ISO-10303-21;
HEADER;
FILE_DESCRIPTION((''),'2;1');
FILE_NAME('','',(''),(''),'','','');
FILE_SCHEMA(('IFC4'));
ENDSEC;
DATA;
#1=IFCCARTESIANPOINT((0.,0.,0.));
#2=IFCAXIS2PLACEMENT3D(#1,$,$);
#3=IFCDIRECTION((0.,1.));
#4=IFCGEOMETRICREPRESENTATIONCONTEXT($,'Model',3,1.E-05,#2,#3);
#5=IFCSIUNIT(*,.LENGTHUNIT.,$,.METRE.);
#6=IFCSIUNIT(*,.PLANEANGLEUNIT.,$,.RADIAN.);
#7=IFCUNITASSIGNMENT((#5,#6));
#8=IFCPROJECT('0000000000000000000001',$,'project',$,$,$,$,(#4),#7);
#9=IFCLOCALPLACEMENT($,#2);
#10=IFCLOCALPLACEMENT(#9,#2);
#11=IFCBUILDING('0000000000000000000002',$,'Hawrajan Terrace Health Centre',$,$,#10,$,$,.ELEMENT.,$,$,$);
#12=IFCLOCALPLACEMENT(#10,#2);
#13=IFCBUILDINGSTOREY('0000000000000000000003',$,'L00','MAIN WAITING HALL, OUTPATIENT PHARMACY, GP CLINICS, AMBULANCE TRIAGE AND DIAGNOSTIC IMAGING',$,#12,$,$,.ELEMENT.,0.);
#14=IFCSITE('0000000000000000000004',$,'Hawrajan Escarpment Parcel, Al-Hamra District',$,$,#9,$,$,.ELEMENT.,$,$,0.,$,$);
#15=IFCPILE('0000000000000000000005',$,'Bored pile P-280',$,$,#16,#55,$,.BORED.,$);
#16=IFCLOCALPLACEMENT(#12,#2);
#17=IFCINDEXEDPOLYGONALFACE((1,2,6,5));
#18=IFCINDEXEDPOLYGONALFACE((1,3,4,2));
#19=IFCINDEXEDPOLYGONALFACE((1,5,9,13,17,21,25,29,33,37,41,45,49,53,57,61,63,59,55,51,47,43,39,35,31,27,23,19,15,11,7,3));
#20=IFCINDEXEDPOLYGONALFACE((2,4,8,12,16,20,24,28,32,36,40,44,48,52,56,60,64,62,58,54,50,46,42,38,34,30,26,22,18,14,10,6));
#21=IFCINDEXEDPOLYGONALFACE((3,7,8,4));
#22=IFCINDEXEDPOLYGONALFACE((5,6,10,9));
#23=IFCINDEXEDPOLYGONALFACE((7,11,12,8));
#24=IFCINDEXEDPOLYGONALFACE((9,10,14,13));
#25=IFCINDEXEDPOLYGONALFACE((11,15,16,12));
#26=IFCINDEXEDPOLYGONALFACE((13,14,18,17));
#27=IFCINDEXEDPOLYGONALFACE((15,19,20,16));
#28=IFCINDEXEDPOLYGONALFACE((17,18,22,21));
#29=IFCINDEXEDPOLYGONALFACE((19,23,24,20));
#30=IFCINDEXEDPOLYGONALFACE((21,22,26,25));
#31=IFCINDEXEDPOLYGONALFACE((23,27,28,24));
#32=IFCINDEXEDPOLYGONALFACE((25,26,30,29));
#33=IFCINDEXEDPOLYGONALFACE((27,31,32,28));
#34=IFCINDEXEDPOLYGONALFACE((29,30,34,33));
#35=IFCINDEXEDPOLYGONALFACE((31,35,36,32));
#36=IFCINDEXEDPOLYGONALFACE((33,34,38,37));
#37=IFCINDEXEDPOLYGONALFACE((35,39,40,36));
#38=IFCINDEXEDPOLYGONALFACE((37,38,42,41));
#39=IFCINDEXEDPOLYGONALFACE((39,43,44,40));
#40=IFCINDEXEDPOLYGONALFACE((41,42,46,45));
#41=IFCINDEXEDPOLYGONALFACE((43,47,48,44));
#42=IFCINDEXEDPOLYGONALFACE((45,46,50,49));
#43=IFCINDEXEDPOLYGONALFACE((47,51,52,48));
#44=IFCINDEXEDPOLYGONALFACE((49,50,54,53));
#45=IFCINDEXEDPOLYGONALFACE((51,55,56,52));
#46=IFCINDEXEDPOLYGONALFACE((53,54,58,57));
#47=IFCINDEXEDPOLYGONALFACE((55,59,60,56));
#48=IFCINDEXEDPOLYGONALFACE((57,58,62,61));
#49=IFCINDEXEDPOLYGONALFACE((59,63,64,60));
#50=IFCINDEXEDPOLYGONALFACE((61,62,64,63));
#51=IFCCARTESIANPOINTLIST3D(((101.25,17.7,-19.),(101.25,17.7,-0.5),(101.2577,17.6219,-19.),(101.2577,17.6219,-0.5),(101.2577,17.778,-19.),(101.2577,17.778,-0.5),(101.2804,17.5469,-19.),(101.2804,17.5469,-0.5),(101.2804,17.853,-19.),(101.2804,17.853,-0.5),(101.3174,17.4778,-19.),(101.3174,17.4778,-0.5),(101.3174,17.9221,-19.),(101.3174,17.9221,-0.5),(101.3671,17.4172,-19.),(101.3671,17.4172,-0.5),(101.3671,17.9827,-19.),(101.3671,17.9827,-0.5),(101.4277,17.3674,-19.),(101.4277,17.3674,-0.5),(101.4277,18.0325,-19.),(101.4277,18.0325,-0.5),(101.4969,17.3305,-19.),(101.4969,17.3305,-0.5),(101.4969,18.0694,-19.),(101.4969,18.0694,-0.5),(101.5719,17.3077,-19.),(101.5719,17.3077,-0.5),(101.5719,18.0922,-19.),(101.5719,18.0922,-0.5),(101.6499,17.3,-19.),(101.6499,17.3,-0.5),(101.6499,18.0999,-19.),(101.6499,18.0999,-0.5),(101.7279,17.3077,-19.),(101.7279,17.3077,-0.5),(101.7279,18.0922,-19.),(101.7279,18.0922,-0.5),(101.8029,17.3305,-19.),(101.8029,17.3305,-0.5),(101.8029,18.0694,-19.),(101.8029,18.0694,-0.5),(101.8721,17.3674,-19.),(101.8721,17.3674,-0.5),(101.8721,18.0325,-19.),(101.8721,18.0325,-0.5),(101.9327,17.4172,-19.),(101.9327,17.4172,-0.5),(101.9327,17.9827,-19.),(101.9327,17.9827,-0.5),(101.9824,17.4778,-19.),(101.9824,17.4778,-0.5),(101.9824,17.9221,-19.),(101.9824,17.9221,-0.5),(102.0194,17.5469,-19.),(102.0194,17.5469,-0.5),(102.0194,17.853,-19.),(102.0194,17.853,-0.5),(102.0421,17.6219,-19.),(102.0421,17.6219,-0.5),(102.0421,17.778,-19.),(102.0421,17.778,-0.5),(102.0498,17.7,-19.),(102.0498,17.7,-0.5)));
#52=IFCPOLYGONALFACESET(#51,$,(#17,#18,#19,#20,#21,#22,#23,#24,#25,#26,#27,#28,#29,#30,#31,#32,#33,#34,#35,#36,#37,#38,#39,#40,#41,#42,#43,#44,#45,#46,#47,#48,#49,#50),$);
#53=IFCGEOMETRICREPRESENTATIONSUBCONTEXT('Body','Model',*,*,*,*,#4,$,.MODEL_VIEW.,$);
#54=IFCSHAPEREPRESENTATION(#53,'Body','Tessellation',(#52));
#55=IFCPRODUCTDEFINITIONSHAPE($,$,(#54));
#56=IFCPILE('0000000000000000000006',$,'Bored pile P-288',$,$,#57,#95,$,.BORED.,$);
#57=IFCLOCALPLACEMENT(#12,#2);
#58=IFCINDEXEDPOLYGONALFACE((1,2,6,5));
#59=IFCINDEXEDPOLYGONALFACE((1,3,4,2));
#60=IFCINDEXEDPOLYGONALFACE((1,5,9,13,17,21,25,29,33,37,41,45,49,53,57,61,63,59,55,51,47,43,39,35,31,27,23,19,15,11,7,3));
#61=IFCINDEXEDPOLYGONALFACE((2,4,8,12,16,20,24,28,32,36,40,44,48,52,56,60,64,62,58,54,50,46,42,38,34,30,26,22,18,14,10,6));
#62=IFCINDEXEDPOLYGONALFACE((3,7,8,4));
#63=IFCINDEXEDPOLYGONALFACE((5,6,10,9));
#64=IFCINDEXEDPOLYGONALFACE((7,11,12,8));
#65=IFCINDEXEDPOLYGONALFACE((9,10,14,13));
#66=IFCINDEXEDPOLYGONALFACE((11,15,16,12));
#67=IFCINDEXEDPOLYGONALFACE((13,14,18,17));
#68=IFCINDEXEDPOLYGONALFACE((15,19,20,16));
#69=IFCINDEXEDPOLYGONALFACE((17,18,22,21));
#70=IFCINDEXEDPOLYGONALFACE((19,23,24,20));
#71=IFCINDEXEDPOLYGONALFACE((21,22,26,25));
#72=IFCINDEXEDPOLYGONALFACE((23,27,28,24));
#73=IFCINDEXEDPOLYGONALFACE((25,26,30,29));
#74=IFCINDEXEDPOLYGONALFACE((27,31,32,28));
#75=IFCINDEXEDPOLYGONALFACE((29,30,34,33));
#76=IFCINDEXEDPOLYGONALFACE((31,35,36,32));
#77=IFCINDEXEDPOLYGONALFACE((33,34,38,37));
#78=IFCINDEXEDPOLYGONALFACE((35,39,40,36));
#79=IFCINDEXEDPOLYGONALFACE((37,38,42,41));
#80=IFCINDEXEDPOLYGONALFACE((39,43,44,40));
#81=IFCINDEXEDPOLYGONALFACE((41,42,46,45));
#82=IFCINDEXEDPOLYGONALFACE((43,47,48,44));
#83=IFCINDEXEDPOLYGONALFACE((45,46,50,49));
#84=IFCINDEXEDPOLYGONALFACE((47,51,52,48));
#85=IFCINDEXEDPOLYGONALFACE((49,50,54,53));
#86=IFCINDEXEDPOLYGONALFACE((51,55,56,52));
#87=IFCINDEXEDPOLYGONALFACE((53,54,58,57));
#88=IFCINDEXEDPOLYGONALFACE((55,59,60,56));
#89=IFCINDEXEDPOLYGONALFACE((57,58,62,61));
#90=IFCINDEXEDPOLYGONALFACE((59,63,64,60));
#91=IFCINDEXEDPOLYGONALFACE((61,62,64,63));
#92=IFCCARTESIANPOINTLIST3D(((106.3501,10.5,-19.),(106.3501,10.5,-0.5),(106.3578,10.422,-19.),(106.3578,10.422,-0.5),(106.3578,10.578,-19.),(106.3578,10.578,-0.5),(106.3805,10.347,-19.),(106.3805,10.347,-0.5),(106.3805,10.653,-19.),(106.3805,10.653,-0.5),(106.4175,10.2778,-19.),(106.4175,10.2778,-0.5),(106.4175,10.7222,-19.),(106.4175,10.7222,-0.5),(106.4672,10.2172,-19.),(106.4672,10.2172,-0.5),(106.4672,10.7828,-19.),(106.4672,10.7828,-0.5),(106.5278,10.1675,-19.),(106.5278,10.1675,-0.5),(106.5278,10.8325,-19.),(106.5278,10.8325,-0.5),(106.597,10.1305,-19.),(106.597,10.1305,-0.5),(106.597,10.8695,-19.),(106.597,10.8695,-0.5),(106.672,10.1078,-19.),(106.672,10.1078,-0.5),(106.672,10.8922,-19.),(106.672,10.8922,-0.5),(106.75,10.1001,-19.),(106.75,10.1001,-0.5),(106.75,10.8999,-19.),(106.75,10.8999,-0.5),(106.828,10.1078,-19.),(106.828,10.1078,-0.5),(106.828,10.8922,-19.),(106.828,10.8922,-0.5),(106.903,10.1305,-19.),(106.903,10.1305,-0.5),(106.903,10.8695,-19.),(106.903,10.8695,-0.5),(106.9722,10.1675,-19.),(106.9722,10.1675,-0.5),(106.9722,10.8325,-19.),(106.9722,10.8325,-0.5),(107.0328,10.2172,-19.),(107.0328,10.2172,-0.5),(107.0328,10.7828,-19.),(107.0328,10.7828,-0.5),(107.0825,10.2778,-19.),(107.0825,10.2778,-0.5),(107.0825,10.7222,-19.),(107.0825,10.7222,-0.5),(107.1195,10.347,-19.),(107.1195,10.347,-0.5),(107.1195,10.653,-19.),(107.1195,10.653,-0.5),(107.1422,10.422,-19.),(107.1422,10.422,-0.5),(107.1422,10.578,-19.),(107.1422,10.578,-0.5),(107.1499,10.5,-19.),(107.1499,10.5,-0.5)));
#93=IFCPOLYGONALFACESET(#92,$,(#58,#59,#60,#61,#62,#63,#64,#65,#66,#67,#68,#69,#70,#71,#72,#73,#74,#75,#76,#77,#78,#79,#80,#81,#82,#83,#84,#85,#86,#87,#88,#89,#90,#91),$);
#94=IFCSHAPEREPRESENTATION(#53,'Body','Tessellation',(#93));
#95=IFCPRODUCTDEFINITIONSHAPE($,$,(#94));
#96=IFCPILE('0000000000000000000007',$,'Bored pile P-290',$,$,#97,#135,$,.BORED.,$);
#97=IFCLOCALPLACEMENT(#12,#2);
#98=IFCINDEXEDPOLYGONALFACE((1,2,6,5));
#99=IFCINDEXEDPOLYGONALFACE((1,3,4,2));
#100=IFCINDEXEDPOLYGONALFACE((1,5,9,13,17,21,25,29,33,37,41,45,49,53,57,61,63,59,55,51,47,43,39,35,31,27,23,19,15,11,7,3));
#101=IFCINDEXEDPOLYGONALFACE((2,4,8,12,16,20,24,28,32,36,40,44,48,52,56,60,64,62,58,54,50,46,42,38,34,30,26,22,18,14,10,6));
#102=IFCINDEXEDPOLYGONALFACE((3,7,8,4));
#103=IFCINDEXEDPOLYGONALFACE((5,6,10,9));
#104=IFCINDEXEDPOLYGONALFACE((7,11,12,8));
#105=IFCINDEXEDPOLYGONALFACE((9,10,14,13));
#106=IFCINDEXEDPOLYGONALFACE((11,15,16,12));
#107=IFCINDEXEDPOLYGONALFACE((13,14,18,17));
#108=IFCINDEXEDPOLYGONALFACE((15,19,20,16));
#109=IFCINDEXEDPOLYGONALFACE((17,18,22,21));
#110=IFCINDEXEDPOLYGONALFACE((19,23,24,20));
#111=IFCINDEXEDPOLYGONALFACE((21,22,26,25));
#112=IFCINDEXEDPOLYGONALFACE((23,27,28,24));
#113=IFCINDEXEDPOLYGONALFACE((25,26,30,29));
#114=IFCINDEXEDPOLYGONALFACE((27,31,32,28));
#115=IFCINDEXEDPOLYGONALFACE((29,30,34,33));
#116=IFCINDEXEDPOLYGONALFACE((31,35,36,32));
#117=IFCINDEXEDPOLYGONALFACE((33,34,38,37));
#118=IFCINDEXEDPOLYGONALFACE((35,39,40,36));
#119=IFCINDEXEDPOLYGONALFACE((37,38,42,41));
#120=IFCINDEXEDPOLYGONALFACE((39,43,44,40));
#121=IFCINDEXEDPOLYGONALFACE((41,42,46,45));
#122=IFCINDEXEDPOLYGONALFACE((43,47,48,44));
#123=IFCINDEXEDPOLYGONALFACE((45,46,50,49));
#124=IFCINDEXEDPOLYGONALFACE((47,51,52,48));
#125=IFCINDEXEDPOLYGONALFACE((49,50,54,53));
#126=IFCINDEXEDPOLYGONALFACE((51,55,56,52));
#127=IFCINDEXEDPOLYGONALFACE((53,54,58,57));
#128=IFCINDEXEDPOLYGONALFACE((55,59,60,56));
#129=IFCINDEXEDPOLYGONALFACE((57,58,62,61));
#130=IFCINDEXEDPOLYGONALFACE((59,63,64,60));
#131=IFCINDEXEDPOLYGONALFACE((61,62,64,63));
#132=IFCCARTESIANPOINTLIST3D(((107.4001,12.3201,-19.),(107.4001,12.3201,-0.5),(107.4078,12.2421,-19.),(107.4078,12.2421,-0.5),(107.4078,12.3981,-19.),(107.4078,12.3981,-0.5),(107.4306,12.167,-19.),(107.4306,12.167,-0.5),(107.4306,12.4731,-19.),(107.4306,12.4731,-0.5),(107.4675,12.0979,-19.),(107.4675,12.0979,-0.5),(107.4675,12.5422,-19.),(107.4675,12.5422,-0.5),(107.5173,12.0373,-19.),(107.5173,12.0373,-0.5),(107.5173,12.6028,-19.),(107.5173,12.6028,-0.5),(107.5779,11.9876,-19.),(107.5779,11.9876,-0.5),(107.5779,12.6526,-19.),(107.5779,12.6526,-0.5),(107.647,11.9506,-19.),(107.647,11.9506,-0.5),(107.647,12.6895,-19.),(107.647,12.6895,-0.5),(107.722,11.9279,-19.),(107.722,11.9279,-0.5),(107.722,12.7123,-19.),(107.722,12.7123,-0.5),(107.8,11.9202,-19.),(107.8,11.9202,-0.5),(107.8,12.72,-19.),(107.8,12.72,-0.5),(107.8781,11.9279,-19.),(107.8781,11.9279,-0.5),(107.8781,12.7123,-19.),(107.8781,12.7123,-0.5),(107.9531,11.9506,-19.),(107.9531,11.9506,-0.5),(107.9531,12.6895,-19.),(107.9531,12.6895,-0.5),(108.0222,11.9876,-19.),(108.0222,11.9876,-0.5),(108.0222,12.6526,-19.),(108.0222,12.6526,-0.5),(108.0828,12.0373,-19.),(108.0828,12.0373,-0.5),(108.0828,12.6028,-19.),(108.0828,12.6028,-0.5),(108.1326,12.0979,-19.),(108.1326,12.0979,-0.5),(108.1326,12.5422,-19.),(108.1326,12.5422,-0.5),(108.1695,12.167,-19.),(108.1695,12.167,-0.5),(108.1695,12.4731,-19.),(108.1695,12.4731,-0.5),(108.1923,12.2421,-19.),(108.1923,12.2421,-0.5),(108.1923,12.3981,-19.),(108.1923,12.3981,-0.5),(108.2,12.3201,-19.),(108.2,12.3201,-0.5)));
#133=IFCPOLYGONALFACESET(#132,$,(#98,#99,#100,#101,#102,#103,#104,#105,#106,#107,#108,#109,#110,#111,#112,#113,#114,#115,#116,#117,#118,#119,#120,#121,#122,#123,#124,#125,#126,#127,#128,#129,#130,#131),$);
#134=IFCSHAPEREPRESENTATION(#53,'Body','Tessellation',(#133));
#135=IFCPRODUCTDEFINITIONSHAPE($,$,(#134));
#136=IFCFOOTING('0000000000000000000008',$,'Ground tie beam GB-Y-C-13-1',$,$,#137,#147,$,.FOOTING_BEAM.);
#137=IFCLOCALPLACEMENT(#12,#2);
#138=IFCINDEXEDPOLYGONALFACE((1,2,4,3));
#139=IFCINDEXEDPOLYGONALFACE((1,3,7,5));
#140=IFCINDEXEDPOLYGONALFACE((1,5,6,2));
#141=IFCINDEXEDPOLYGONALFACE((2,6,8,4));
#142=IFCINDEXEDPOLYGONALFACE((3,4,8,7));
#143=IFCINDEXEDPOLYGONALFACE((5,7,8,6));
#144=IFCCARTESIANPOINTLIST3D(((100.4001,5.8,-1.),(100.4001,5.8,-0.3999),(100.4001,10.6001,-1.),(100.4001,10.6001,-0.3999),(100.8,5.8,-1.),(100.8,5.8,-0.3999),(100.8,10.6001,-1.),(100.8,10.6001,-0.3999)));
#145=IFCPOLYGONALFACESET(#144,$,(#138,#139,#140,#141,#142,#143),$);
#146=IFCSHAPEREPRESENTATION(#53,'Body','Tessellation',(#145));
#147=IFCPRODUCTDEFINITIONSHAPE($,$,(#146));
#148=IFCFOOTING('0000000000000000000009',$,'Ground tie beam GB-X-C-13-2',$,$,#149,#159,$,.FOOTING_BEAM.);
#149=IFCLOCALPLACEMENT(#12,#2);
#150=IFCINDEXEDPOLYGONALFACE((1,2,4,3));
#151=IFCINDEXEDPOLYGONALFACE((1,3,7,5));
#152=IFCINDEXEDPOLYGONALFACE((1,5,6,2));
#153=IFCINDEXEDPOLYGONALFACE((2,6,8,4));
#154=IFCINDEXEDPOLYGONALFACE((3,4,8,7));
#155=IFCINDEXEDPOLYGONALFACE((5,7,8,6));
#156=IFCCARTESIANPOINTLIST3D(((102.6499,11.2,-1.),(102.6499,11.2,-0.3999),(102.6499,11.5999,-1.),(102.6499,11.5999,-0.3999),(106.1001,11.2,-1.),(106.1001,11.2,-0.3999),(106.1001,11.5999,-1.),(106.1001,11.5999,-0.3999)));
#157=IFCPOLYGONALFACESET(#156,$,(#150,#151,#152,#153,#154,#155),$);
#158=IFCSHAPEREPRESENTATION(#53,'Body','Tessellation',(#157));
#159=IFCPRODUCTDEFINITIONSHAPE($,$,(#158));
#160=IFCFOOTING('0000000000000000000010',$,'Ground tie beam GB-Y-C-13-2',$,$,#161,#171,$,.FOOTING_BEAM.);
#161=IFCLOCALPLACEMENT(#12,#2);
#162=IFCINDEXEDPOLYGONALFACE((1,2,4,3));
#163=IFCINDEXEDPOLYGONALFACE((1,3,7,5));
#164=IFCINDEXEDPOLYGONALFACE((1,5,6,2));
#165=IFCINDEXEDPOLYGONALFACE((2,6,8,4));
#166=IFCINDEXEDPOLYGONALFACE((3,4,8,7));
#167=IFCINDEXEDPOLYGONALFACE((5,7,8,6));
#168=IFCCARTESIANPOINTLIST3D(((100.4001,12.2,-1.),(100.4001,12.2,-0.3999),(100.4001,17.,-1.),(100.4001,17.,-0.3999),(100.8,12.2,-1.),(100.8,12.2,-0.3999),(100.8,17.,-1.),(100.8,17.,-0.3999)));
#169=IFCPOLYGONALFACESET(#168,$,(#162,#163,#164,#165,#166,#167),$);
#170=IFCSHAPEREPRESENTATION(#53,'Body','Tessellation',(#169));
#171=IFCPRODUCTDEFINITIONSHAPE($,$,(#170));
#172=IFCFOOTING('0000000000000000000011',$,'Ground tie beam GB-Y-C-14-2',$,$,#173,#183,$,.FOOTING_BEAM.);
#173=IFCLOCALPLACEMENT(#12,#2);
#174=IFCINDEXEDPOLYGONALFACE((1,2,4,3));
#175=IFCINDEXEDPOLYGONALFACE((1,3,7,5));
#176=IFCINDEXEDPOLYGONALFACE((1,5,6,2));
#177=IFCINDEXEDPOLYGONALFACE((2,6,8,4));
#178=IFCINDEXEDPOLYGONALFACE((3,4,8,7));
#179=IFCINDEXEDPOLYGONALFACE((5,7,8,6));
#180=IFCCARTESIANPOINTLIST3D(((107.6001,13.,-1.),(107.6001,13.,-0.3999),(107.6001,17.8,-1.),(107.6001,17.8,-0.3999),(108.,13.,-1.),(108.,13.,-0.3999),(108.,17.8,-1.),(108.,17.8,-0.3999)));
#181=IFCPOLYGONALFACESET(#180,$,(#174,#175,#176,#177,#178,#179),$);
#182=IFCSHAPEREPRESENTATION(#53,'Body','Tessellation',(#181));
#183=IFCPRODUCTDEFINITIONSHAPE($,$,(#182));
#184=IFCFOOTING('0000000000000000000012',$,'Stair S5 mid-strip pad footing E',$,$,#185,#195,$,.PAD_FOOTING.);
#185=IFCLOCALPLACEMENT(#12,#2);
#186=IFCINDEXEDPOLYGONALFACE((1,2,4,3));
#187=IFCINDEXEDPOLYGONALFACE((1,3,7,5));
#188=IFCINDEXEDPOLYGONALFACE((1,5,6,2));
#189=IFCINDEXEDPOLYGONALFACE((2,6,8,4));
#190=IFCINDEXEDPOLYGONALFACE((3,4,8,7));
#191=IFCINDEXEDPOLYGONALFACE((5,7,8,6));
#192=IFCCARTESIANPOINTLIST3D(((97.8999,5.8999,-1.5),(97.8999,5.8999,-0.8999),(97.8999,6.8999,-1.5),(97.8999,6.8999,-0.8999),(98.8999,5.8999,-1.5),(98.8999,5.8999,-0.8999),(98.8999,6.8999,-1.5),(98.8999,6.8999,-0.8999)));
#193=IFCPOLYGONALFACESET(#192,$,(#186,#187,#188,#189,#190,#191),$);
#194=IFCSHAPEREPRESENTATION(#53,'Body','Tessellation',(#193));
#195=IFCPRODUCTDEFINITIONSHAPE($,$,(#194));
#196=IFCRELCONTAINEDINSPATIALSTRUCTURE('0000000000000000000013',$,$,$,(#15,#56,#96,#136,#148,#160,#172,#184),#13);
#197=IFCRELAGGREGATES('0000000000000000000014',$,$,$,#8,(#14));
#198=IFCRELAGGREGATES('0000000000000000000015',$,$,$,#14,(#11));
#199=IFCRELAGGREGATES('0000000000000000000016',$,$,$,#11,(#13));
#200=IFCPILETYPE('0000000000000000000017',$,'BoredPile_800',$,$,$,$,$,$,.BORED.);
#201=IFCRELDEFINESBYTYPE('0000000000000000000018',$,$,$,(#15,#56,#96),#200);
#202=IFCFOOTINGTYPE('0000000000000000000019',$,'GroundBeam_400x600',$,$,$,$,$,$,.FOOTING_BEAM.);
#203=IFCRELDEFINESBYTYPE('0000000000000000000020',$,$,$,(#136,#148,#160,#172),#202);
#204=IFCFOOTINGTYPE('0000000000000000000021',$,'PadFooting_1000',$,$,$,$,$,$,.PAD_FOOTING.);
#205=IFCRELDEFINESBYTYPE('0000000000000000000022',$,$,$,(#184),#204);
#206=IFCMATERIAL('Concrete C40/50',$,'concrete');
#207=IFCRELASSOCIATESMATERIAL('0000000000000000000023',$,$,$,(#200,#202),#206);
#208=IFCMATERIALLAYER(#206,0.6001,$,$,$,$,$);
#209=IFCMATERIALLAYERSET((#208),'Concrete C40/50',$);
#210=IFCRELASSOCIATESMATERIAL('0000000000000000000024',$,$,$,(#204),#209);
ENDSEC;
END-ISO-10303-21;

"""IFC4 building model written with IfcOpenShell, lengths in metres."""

from ifc_helpers import new_model, si_unit, direction, frame, origin, origin_2d, place, context, subcontext, project, spatial, rectangle, circle, extrude, material, layer, layer_set, material_profile, profile_set, type_object, element, save


model = new_model("IFC4")

# Units and contexts
model_context = context("Model", 3, precision=1e-05, world=origin(), true_north=direction((0.0, 1.0)))
body_context = subcontext(model_context, "Body", "Model", "MODEL_VIEW")
ifc_project = project(units=[si_unit("LENGTHUNIT", "METRE"), si_unit("PLANEANGLEUNIT", "RADIAN")], contexts=[model_context])

# Site, building, storey
site_placement = place(None, origin())
site = spatial("IfcSite", under=ifc_project, at=site_placement, Name="Hawrajan Escarpment Parcel, Al-Hamra District", CompositionType="ELEMENT", RefElevation=0.0)
building_placement = place(site_placement, origin())
building = spatial("IfcBuilding", under=site, at=building_placement, Name="Hawrajan Terrace Health Centre", CompositionType="ELEMENT")
storey_placement = place(building_placement, origin())
storey = spatial("IfcBuildingStorey", under=building, at=storey_placement, Name="L00", Description="MAIN WAITING HALL, OUTPATIENT PHARMACY, GP CLINICS, AMBULANCE TRIAGE AND DIAGNOSTIC IMAGING", CompositionType="ELEMENT", Elevation=0.0)

# Piles
ifc_material_1 = material(Name="Concrete C40/50", Category="concrete")
ifc_material_profile_1 = material_profile(ifc_material_1, circle(Radius=0.3999, at=origin_2d()), Name="BP 800")
ifc_profile_set_1 = profile_set([ifc_material_profile_1], Name="Concrete C40/50")
pile_type_1 = type_object("IfcPileType", Name="BoredPile_800", PredefinedType="BORED", material=ifc_profile_set_1)
for number, where, z_axis, x_axis, name in (
    (1, (101.6499, 17.7, -0.5), (0.0, 0.0, -1.0), (1.0, 0.0, 0.0), "Bored pile P-280"),
    (2, (106.75, 10.5, -0.5), (0.0, 0.0, -1.0), (1.0, 0.0, 0.0), "Bored pile P-288"),
    (3, (107.8, 12.3201, -0.5), (0.0, 0.0, -1.0), (1.0, 0.0, 0.0), "Bored pile P-290"),
):
    element("IfcPile", number, at=place(storey_placement, frame(where, z_axis=z_axis, x_axis=x_axis)), inside=storey, type_object=pile_type_1, Name=name, PredefinedType="BORED", context=body_context, shape_type="SweptSolid", body=[
        extrude(circle(Radius=0.3999, at=origin_2d()), origin(), (0.0, 0.0, 1.0), 18.5),
    ])

# Footings
ifc_material_profile_2 = material_profile(ifc_material_1, rectangle(XDim=0.3999, YDim=0.6001, at=origin_2d()), Name="RC BM 400x600")
ifc_profile_set_2 = profile_set([ifc_material_profile_2], Name="Concrete C40/50")
footing_type_1 = type_object("IfcFootingType", Name="GroundBeam_400x600", PredefinedType="FOOTING_BEAM", material=ifc_profile_set_2)
footing_1_placement = place(storey_placement, frame((100.6001, 5.8, -0.7), z_axis=(0.0, 1.0, 0.0), x_axis=(-1.0, 0.0, 0.0)))
element("IfcFooting", 4, at=footing_1_placement, inside=storey, type_object=footing_type_1, Name="Ground tie beam GB-Y-C-13-1", PredefinedType="FOOTING_BEAM", context=body_context, shape_type="SweptSolid", body=[
    extrude(rectangle(XDim=0.3999, YDim=0.6001, at=origin_2d()), origin(), (0.0, 0.0, 1.0), 4.8),
])
footing_2_placement = place(storey_placement, frame((102.6499, 11.3999, -0.7), z_axis=(1.0, 0.0, 0.0), x_axis=(0.0, 1.0, 0.0)))
element("IfcFooting", 5, at=footing_2_placement, inside=storey, type_object=footing_type_1, Name="Ground tie beam GB-X-C-13-2", PredefinedType="FOOTING_BEAM", context=body_context, shape_type="SweptSolid", body=[
    extrude(rectangle(XDim=0.3999, YDim=0.6001, at=origin_2d()), origin(), (0.0, 0.0, 1.0), 3.4502),
])
for number, where, z_axis, x_axis, name in (
    (6, (100.6001, 12.2, -0.7), (0.0, 1.0, 0.0), (-1.0, 0.0, 0.0), "Ground tie beam GB-Y-C-13-2"),
    (7, (107.8, 13.0, -0.7), (0.0, 1.0, 0.0), (-1.0, 0.0, 0.0), "Ground tie beam GB-Y-C-14-2"),
):
    element("IfcFooting", number, at=place(storey_placement, frame(where, z_axis=z_axis, x_axis=x_axis)), inside=storey, type_object=footing_type_1, Name=name, PredefinedType="FOOTING_BEAM", context=body_context, shape_type="SweptSolid", body=[
        extrude(rectangle(XDim=0.3999, YDim=0.6001, at=origin_2d()), origin(), (0.0, 0.0, 1.0), 4.8),
    ])
ifc_layer_1 = layer(ifc_material_1, 0.6001)
ifc_layer_set_1 = layer_set([ifc_layer_1], Name="Concrete C40/50")
footing_type_2 = type_object("IfcFootingType", Name="PadFooting_1000", PredefinedType="PAD_FOOTING", material=ifc_layer_set_1)
footing_3_placement = place(storey_placement, frame((98.3999, 6.3999, -1.5), z_axis=(0.0, 0.0, 1.0), x_axis=(1.0, 0.0, 0.0)))
element("IfcFooting", 8, at=footing_3_placement, inside=storey, type_object=footing_type_2, Name="Stair S5 mid-strip pad footing E", PredefinedType="PAD_FOOTING", context=body_context, shape_type="SweptSolid", body=[
    extrude(rectangle(XDim=1.0, YDim=1.0, at=origin_2d()), origin(), (0.0, 0.0, 1.0), 0.6001),
])

save(model, "model.ifc")
